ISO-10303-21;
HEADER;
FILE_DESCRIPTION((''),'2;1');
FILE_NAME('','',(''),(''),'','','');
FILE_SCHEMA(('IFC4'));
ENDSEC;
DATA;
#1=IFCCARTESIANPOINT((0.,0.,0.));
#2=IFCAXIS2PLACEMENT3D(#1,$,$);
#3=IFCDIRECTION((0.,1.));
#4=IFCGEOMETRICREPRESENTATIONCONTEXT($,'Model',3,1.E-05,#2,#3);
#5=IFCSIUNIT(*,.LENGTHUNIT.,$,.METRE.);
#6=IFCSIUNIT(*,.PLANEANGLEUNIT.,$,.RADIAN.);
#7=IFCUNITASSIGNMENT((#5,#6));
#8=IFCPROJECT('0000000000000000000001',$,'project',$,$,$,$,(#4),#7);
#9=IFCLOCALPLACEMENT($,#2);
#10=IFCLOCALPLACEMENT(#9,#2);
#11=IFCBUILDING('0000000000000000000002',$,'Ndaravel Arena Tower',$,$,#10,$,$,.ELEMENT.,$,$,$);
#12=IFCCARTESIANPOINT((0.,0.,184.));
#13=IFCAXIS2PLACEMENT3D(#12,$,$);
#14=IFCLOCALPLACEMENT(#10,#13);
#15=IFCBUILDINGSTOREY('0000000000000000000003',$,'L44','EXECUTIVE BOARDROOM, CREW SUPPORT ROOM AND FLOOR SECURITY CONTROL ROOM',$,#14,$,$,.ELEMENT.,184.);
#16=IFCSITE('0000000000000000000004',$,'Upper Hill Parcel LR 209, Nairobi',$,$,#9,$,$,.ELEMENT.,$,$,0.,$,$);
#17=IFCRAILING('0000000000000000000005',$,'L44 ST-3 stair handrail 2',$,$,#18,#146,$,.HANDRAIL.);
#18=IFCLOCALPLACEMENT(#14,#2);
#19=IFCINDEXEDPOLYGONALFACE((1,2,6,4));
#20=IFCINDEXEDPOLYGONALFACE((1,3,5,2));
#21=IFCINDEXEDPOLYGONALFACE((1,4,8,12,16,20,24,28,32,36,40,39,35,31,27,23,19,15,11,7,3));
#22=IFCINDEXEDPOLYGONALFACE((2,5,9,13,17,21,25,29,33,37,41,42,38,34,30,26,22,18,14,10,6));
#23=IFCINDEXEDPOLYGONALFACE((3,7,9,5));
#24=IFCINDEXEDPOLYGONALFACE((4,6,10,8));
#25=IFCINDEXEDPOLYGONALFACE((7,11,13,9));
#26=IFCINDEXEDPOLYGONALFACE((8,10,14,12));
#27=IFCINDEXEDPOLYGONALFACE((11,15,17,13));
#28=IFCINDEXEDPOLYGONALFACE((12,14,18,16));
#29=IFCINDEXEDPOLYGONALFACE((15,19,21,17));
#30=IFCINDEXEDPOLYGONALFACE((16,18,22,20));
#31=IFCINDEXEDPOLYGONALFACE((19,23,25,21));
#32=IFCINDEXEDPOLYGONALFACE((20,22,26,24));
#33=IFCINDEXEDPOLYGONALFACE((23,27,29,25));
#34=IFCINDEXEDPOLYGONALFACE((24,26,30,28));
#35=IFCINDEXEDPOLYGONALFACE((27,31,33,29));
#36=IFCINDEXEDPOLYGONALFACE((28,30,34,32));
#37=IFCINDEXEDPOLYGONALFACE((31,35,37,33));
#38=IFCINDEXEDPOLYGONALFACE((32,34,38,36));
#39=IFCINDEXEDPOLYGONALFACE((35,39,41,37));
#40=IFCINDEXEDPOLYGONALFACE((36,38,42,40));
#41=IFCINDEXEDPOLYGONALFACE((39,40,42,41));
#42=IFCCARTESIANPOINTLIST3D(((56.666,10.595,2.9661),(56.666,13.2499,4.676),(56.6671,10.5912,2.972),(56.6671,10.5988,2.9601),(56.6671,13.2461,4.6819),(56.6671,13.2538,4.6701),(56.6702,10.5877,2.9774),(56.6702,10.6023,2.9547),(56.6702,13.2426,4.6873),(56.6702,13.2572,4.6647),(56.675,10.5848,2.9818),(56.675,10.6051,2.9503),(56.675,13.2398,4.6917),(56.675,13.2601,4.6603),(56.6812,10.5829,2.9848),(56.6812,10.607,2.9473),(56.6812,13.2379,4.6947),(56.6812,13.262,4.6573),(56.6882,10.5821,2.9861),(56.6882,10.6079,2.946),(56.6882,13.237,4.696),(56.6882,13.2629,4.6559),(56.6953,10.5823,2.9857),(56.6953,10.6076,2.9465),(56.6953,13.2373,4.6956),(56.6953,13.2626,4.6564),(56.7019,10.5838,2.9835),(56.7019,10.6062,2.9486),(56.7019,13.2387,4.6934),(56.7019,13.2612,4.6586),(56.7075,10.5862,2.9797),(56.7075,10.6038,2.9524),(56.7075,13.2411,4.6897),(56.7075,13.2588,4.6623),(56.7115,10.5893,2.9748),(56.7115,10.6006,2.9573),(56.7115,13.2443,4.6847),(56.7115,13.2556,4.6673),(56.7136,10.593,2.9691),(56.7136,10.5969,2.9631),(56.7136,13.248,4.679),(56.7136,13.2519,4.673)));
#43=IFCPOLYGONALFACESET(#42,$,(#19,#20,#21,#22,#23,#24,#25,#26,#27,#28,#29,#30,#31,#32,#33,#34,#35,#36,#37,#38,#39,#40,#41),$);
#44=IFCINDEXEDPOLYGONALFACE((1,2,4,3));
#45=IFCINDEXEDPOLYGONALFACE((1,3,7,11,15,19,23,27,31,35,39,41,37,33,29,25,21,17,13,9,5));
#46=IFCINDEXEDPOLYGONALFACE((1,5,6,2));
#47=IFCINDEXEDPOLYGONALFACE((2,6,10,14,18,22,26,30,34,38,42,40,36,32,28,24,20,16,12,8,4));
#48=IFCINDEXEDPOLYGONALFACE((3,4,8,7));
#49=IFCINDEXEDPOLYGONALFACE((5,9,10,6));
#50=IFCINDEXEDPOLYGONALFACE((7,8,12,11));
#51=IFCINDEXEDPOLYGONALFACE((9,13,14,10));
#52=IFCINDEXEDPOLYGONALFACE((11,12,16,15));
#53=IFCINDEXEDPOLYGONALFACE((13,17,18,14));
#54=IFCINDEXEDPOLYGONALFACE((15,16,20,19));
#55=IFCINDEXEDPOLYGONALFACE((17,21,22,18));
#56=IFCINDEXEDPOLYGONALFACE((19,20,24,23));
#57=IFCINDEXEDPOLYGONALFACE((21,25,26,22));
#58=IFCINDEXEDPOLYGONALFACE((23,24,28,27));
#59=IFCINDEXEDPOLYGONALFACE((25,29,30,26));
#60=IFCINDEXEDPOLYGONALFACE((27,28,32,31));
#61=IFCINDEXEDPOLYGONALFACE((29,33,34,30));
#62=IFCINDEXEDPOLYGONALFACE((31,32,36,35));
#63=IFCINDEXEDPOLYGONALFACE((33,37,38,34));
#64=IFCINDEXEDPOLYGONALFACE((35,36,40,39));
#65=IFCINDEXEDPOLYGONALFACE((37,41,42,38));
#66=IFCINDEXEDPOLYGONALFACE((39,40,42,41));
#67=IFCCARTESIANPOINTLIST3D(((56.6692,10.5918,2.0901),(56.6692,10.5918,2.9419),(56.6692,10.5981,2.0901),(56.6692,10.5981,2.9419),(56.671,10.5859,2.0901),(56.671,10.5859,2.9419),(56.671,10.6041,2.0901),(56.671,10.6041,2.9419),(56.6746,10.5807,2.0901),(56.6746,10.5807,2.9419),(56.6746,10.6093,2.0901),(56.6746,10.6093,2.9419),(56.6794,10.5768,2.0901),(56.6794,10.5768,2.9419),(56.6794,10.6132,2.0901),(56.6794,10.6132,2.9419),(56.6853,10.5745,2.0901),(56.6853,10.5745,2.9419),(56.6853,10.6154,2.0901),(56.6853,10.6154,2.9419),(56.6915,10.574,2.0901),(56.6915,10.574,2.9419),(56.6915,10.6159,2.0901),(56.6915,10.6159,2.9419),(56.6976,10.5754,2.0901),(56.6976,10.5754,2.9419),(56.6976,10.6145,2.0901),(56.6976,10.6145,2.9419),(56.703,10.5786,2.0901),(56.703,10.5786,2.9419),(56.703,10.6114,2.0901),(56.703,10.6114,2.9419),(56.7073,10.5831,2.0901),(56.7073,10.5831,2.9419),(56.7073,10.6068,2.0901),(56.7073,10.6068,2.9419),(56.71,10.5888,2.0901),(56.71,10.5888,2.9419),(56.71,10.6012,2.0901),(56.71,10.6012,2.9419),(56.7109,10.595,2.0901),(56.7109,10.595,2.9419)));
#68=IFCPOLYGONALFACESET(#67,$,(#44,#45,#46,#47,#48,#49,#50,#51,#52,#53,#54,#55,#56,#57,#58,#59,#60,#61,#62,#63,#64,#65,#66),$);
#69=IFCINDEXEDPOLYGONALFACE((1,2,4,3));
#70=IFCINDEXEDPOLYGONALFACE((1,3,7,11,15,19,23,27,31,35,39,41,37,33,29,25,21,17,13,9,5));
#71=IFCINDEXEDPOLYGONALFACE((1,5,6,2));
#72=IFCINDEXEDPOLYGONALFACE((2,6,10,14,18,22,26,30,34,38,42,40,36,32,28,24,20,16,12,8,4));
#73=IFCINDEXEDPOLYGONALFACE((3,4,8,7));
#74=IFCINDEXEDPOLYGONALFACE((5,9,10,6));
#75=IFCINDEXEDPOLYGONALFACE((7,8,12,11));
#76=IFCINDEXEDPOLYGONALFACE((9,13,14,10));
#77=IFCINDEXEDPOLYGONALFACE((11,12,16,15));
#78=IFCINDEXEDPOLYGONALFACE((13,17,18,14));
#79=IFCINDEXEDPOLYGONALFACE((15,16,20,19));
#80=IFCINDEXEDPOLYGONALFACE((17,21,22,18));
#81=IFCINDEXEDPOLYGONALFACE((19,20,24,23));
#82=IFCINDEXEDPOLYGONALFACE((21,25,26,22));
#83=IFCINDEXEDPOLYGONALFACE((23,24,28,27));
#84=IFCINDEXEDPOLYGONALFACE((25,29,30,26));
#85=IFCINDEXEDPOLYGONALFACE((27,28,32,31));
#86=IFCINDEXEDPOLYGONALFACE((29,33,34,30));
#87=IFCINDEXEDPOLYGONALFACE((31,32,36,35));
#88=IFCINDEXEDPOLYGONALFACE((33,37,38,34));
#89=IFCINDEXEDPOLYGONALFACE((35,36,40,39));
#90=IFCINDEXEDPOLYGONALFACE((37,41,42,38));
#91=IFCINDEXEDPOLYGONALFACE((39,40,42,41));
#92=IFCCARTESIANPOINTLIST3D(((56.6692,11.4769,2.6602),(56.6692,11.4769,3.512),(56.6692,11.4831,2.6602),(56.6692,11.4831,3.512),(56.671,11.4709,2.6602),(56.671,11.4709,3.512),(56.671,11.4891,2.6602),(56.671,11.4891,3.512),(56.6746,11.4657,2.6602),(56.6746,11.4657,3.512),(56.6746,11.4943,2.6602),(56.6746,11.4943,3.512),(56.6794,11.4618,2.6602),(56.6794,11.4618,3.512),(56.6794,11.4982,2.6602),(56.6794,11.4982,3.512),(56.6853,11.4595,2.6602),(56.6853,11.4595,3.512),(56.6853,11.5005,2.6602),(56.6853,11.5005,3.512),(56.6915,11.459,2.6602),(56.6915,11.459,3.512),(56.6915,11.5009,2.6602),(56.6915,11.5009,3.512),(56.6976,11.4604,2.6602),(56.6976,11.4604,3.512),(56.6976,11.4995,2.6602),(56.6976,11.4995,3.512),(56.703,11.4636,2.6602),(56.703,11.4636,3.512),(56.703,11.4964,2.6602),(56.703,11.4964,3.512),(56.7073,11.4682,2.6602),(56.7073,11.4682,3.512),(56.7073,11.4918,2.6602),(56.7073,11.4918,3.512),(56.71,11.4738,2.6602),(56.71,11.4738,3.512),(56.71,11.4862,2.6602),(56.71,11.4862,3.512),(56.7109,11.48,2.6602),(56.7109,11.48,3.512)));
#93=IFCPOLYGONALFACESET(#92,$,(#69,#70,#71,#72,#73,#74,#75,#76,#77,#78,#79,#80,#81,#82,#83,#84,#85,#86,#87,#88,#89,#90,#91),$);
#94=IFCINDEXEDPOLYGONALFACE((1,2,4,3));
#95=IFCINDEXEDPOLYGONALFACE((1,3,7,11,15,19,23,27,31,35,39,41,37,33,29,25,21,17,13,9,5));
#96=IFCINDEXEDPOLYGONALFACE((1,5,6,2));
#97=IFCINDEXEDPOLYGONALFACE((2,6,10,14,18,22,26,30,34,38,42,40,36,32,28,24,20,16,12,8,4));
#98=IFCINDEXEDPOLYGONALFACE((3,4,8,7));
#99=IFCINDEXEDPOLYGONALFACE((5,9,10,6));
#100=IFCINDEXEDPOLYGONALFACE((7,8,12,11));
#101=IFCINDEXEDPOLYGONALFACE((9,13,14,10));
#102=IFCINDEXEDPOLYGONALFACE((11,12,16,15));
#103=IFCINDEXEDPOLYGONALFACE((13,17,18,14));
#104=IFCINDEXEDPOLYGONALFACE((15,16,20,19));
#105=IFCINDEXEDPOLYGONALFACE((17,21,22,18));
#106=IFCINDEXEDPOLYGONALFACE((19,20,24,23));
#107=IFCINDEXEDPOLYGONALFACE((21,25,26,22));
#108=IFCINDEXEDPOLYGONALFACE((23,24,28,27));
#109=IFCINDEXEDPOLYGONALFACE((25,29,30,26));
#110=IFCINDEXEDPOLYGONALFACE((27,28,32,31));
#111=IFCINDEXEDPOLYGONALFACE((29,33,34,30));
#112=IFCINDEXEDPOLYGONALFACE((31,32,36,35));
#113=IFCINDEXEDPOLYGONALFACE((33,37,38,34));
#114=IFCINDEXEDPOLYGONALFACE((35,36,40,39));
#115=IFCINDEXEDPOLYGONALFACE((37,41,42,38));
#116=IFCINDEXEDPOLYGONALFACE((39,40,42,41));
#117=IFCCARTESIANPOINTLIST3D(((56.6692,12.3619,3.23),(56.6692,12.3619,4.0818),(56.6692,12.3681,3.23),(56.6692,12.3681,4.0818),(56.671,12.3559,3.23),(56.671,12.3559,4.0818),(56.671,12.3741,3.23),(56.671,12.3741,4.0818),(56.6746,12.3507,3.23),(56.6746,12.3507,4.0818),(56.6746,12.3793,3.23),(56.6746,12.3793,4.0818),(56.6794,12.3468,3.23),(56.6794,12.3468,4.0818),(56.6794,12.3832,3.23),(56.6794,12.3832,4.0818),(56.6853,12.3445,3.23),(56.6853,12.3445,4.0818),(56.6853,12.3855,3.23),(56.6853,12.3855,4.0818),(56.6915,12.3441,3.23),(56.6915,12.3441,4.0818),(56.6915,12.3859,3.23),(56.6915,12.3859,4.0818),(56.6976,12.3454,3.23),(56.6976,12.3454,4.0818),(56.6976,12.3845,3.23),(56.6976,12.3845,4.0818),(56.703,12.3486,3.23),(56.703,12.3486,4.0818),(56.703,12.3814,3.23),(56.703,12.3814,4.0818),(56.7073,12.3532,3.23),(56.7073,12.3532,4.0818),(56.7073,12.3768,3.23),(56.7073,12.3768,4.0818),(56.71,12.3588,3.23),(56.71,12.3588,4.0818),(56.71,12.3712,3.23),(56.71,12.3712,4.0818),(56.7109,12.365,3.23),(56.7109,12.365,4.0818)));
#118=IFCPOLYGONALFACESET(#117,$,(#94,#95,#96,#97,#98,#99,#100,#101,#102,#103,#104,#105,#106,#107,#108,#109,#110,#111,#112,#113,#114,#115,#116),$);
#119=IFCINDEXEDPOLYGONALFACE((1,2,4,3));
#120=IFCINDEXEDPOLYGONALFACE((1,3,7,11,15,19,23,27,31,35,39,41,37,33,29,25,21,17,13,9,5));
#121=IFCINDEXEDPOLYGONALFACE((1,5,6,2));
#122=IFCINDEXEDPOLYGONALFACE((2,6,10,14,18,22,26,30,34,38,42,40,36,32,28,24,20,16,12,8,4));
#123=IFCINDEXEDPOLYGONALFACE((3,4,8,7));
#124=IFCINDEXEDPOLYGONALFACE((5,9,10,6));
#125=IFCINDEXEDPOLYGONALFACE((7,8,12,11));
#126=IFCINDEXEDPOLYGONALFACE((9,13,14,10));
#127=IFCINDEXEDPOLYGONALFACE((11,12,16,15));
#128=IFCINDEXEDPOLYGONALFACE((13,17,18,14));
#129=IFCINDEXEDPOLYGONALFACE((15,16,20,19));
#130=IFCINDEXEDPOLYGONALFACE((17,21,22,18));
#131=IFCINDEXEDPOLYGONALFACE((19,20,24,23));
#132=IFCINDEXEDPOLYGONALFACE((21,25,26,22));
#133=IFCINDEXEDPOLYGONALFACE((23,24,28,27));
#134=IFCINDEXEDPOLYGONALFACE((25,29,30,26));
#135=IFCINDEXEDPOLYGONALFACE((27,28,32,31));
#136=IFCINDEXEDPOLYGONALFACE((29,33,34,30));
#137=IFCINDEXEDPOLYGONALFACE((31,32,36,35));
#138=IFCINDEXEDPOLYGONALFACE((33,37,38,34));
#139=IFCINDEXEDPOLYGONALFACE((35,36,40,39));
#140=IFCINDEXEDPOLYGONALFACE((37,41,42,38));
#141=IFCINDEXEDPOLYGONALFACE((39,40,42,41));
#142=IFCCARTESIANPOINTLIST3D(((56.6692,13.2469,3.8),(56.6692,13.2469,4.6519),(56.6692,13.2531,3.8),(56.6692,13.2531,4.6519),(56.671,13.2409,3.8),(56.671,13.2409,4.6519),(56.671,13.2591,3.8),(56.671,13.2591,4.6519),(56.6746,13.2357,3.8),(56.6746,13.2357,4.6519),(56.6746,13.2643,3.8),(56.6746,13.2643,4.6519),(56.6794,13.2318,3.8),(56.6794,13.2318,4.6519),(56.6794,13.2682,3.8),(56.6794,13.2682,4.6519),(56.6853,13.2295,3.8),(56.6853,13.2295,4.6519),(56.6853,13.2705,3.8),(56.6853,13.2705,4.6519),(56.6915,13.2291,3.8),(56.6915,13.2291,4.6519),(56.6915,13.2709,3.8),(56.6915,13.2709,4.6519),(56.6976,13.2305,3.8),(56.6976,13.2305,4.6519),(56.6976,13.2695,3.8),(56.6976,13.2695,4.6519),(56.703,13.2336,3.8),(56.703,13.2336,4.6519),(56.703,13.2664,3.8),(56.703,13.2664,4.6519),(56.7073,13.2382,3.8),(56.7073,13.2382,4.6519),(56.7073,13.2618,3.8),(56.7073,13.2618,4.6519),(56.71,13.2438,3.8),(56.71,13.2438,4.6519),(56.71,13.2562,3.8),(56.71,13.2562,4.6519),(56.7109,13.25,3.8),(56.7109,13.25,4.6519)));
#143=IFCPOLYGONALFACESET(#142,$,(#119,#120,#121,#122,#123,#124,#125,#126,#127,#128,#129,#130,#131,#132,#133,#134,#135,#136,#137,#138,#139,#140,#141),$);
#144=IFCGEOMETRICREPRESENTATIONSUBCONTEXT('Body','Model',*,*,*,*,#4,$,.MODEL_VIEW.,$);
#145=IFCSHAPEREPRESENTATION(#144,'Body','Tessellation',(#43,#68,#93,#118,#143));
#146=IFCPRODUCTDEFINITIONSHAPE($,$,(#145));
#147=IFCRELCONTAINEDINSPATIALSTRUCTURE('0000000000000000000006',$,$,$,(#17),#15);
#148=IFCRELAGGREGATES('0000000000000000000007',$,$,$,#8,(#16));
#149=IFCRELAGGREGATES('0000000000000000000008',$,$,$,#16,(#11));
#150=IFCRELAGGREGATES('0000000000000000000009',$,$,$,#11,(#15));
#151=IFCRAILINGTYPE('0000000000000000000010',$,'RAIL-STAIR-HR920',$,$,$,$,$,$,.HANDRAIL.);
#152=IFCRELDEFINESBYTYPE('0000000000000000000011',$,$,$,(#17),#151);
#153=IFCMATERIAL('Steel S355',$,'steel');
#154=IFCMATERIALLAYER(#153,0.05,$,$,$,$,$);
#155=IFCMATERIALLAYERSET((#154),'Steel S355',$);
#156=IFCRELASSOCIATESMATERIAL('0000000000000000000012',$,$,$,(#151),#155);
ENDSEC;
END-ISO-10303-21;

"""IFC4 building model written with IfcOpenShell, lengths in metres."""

from ifc_helpers import new_model, si_unit, direction, frame, origin, origin_2d, place, context, subcontext, project, spatial, circle, extrude, material, layer, layer_set, type_object, element, save


model = new_model("IFC4")

# Units and contexts
model_context = context("Model", 3, precision=1e-05, world=origin(), true_north=direction((0.0, 1.0)))
body_context = subcontext(model_context, "Body", "Model", "MODEL_VIEW")
ifc_project = project(units=[si_unit("LENGTHUNIT", "METRE"), si_unit("PLANEANGLEUNIT", "RADIAN")], contexts=[model_context])

# Site, building, storey
site_placement = place(None, origin())
site = spatial("IfcSite", under=ifc_project, at=site_placement, Name="Upper Hill Parcel LR 209, Nairobi", CompositionType="ELEMENT", RefElevation=0.0)
building_placement = place(site_placement, origin())
building = spatial("IfcBuilding", under=site, at=building_placement, Name="Ndaravel Arena Tower", CompositionType="ELEMENT")
storey_placement = place(building_placement, frame((0.0, 0.0, 184.0)))
storey = spatial("IfcBuildingStorey", under=building, at=storey_placement, Name="L44", Description="EXECUTIVE BOARDROOM, CREW SUPPORT ROOM AND FLOOR SECURITY CONTROL ROOM", CompositionType="ELEMENT", Elevation=184.0)

# Railing
ifc_material_1 = material(Name="Steel S355", Category="steel")
ifc_layer_1 = layer(ifc_material_1, 0.05)
ifc_layer_set_1 = layer_set([ifc_layer_1], Name="Steel S355")
railing_type_1 = type_object("IfcRailingType", Name="RAIL-STAIR-HR920", PredefinedType="HANDRAIL", material=ifc_layer_set_1)
railing_1_placement = place(storey_placement, frame((56.6899, 10.595, 2.0901)))
element("IfcRailing", 1, at=railing_1_placement, inside=storey, type_object=railing_type_1, Name="L44 ST-3 stair handrail 2", PredefinedType="HANDRAIL", context=body_context, shape_type="SweptSolid", body=[
    extrude(circle(Radius=0.0239, at=origin_2d()), frame((0.0, 0.0, 0.876), z_axis=(0.0, 0.840724, 0.541465), x_axis=(-1.0, 0.0, 0.0)), (0.0, 0.0, 1.0), 3.158),
    extrude(circle(Radius=0.021, at=origin_2d()), origin(), (0.0, 0.0, 1.0), 0.8518),
    extrude(circle(Radius=0.021, at=origin_2d()), frame((0.0, 0.885, 0.5701)), (0.0, 0.0, 1.0), 0.8518),
    extrude(circle(Radius=0.021, at=origin_2d()), frame((0.0, 1.77, 1.1399)), (0.0, 0.0, 1.0), 0.8518),
    extrude(circle(Radius=0.021, at=origin_2d()), frame((0.0, 2.655, 1.71)), (0.0, 0.0, 1.0), 0.8518),
])

save(model, "model.ifc")
